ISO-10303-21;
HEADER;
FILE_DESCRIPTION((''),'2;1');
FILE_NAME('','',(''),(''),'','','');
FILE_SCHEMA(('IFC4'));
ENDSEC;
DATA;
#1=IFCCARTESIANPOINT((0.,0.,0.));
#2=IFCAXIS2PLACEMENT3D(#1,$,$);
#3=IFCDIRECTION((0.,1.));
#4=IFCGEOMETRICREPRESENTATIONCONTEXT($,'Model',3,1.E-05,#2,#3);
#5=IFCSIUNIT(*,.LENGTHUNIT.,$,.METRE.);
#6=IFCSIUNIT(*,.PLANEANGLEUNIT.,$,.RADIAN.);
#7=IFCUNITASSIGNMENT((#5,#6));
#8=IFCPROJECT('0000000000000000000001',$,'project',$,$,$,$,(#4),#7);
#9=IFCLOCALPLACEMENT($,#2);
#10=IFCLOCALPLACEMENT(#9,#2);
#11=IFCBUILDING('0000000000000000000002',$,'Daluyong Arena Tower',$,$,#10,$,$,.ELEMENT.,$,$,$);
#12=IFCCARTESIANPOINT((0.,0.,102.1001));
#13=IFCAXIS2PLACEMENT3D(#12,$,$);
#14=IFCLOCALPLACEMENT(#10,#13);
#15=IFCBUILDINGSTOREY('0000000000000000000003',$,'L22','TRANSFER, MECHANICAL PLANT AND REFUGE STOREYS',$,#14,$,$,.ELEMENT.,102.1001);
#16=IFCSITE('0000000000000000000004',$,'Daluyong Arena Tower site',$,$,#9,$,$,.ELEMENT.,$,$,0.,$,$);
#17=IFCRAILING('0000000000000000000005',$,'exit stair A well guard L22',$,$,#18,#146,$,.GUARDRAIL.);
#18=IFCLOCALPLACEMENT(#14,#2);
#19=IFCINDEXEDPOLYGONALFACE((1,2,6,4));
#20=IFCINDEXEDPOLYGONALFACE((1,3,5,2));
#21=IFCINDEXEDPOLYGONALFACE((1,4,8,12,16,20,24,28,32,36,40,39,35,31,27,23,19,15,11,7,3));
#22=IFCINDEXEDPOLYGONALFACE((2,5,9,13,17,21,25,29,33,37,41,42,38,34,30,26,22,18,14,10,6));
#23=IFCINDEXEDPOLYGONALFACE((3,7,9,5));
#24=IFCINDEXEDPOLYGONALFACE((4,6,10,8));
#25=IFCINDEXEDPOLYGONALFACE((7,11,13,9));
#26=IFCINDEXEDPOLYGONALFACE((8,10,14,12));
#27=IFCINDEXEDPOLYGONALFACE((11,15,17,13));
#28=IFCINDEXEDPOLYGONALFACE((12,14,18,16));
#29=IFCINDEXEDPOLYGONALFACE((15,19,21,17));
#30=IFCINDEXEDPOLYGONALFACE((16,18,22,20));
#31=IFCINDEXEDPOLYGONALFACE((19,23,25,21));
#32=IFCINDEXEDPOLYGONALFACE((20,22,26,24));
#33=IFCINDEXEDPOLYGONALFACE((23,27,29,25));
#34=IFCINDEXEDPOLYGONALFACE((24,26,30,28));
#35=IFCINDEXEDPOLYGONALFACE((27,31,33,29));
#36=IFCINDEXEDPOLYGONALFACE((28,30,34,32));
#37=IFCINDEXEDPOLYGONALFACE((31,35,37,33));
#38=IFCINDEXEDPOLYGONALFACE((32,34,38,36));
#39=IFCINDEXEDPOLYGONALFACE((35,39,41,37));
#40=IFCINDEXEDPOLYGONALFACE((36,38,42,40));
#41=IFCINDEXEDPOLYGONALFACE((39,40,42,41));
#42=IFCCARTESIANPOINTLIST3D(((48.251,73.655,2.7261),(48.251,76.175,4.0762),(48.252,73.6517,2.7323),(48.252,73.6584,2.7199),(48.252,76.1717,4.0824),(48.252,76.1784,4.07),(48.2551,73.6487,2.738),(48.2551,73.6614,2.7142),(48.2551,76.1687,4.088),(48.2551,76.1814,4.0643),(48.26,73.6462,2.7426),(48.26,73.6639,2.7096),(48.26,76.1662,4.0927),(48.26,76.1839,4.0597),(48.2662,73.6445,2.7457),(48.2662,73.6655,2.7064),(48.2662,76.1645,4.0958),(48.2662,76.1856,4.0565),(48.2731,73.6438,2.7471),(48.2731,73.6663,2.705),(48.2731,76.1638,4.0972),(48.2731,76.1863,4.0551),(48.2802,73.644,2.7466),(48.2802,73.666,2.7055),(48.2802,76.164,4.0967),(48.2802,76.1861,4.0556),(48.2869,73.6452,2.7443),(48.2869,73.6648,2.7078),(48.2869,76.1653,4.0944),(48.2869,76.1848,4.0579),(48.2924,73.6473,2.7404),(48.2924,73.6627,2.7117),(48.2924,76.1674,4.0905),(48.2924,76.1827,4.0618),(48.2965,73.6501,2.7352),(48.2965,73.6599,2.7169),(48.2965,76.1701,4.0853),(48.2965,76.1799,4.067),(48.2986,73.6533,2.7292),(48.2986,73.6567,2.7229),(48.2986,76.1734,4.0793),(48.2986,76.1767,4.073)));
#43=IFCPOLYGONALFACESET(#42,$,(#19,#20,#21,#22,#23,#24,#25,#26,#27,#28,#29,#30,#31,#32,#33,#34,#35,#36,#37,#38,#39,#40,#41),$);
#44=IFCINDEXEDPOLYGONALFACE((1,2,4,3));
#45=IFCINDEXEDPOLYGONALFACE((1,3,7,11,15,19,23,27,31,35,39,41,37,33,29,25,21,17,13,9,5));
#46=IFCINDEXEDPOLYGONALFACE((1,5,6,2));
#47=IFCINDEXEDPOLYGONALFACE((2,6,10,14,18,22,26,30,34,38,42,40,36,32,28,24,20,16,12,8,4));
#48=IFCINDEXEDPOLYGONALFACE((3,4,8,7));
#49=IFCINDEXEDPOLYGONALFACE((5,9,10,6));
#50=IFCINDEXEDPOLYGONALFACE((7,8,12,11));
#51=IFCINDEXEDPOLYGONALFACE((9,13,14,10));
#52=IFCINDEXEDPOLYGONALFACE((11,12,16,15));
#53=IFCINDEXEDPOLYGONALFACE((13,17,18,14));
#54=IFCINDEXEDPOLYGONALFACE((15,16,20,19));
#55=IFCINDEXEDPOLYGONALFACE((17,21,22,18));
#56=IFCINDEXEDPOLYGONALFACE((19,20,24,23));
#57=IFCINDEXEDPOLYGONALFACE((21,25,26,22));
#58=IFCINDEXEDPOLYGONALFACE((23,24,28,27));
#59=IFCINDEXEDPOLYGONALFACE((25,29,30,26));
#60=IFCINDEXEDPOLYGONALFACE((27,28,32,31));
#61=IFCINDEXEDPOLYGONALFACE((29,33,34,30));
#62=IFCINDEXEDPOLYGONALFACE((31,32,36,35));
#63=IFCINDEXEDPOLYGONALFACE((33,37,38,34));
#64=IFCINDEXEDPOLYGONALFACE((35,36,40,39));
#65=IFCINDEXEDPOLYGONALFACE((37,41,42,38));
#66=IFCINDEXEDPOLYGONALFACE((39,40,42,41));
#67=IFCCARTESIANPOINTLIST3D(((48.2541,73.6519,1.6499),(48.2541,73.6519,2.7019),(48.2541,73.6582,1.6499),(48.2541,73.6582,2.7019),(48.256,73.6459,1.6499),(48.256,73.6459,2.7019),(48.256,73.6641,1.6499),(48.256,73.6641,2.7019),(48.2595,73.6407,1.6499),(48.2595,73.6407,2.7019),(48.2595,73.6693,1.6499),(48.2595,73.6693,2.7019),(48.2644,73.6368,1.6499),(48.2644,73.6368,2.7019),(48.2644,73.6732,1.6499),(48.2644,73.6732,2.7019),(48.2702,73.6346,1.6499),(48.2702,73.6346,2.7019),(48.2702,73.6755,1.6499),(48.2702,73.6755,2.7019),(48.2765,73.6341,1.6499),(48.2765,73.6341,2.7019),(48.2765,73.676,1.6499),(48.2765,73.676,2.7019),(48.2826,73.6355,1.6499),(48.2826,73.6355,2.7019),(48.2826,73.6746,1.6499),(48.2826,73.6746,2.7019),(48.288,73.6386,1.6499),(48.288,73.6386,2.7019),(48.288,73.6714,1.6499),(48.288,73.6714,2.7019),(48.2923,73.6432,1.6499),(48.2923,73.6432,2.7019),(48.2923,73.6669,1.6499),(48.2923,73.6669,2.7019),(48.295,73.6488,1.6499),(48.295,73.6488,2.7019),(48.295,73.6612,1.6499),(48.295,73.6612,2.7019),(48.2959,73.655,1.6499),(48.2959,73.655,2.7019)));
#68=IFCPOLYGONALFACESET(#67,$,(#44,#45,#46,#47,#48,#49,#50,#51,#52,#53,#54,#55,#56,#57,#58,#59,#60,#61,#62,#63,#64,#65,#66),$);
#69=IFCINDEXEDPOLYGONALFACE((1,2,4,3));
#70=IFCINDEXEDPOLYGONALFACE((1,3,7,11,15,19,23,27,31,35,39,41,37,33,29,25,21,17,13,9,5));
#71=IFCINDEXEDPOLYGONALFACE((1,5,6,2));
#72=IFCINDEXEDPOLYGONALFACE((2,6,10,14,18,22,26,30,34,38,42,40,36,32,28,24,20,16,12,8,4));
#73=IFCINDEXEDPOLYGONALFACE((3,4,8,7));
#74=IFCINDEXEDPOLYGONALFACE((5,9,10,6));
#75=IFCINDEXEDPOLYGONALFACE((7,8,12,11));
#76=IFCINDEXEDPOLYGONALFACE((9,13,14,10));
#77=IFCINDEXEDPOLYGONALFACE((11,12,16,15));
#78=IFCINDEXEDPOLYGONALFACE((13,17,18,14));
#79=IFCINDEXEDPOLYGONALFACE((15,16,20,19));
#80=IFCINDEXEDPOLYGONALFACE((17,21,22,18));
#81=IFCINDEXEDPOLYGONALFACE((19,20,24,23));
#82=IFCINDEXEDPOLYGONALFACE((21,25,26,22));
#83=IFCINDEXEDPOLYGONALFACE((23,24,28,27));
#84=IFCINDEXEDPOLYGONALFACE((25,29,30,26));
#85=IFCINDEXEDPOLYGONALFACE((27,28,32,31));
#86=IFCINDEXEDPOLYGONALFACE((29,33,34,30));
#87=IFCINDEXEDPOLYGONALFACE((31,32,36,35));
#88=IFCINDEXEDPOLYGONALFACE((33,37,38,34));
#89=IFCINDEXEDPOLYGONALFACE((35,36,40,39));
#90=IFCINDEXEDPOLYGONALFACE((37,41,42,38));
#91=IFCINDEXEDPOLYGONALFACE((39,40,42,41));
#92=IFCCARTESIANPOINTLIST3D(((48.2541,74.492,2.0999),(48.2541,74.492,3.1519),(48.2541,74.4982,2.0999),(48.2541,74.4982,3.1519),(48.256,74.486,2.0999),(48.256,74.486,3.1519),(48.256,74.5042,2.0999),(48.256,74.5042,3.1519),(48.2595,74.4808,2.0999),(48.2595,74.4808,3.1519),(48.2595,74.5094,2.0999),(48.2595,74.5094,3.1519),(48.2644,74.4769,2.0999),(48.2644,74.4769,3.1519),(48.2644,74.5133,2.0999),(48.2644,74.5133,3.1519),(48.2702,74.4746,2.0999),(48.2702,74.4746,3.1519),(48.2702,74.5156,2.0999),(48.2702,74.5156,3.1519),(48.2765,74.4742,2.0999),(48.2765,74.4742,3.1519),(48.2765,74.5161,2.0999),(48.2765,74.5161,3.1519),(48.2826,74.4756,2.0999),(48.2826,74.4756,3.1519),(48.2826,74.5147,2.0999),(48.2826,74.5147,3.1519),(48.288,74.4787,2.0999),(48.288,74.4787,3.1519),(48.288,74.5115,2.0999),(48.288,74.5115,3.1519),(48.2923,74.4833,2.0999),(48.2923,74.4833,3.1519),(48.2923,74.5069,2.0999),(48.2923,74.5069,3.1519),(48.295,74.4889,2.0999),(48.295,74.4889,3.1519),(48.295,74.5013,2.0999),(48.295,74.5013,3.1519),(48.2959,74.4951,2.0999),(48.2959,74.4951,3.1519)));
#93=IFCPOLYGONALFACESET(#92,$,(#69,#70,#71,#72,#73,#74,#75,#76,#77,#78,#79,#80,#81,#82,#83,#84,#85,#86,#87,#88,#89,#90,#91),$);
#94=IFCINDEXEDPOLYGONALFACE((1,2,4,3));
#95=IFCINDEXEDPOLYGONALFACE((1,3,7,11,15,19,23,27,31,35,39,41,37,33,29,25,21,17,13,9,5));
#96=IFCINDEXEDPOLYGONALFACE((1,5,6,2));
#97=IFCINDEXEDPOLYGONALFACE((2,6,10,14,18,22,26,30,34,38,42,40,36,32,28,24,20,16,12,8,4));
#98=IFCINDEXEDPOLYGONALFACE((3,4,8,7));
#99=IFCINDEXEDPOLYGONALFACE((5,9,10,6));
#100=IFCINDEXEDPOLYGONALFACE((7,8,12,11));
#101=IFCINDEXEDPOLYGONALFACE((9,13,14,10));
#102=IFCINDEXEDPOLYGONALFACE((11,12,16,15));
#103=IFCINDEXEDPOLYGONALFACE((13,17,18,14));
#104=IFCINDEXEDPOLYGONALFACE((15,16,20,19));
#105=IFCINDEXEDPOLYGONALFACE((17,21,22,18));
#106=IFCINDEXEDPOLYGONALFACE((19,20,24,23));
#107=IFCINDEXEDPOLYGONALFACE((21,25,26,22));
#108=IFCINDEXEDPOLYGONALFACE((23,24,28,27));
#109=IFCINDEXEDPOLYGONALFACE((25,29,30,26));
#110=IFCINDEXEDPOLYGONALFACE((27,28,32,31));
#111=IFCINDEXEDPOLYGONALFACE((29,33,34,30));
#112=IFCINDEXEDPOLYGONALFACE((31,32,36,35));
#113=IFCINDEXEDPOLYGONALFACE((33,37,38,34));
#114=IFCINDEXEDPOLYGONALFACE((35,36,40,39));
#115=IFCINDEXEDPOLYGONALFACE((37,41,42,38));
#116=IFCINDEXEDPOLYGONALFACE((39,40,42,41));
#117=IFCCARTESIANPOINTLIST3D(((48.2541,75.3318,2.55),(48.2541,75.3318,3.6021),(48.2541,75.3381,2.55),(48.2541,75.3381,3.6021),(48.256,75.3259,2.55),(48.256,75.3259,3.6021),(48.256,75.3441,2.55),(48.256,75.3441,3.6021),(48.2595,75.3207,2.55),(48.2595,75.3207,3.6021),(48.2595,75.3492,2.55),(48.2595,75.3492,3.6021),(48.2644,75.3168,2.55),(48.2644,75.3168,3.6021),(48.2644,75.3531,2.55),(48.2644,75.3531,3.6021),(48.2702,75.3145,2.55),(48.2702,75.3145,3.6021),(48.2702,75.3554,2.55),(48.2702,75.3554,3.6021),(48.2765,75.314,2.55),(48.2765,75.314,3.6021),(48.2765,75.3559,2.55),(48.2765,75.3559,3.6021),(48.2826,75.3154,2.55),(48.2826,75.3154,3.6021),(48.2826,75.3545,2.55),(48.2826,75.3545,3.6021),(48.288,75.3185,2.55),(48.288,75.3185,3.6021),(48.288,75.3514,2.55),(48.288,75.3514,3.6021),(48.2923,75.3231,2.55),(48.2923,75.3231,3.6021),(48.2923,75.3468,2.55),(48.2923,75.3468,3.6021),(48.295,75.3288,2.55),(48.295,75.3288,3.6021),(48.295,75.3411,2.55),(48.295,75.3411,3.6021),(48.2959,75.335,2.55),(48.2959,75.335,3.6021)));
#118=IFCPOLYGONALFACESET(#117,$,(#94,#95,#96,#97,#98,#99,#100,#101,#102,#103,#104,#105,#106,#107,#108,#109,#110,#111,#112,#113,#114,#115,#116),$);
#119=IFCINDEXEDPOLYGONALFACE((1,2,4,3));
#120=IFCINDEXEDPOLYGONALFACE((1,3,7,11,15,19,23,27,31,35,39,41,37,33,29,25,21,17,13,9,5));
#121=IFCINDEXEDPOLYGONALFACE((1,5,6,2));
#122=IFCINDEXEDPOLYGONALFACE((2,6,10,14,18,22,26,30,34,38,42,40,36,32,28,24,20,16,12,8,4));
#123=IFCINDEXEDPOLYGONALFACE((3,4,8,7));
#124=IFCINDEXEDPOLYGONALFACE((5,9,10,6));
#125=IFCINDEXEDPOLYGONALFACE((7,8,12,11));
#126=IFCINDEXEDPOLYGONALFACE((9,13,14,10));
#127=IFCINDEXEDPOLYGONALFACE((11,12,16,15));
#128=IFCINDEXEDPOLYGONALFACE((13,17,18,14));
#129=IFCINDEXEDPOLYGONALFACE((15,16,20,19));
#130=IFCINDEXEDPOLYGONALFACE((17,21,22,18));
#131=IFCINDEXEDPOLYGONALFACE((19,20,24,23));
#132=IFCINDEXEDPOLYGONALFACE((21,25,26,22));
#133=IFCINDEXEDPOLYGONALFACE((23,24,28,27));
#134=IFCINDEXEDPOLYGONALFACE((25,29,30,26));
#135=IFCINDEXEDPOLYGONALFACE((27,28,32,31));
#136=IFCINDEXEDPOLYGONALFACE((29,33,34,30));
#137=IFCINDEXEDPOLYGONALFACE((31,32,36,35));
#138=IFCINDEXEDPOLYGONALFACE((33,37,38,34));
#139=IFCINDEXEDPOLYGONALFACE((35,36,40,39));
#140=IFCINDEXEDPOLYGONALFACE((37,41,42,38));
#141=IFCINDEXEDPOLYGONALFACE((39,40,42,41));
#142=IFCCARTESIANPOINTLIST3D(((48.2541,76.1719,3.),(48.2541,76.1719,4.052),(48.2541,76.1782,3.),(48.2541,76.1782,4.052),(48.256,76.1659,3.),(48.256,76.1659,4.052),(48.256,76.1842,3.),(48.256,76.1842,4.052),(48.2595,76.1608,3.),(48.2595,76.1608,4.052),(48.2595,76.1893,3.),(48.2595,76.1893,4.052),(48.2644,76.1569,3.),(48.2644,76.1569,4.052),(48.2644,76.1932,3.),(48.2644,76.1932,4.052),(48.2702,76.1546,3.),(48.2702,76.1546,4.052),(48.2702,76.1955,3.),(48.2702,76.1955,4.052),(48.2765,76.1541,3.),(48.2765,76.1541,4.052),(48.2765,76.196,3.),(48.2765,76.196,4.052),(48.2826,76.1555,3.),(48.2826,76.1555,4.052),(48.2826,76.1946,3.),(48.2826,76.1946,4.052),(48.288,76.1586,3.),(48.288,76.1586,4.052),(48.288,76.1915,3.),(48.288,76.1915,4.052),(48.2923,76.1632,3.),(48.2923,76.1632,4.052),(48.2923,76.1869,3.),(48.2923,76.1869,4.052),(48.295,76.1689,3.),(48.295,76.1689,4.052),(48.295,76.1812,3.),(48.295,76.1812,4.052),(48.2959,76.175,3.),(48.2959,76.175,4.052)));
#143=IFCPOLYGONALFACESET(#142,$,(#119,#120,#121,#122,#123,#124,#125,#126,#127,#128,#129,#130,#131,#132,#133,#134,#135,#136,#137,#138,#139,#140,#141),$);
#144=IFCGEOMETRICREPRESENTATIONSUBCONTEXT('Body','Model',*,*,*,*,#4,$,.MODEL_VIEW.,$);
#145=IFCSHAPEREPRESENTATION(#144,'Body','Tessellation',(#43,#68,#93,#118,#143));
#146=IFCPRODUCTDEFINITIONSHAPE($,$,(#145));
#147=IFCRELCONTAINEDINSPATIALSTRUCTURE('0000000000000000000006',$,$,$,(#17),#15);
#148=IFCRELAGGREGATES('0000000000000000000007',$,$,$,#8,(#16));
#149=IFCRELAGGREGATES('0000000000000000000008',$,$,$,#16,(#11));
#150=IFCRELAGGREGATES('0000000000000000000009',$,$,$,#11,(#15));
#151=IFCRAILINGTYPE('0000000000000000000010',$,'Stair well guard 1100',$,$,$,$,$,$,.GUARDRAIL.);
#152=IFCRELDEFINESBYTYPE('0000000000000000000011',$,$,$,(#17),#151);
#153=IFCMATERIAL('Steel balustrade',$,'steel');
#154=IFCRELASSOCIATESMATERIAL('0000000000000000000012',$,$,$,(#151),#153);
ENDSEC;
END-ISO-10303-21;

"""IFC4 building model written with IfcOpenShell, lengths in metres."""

from ifc_helpers import new_model, si_unit, direction, frame, origin, origin_2d, place, context, subcontext, project, spatial, circle, extrude, material, type_object, element, save


model = new_model("IFC4")

# Units and contexts
model_context = context("Model", 3, precision=1e-05, world=origin(), true_north=direction((0.0, 1.0)))
body_context = subcontext(model_context, "Body", "Model", "MODEL_VIEW")
ifc_project = project(units=[si_unit("LENGTHUNIT", "METRE"), si_unit("PLANEANGLEUNIT", "RADIAN")], contexts=[model_context])

# Site, building, storey
site_placement = place(None, origin())
site = spatial("IfcSite", under=ifc_project, at=site_placement, Name="Daluyong Arena Tower site", CompositionType="ELEMENT", RefElevation=0.0)
building_placement = place(site_placement, origin())
building = spatial("IfcBuilding", under=site, at=building_placement, Name="Daluyong Arena Tower", CompositionType="ELEMENT")
storey_placement = place(building_placement, frame((0.0, 0.0, 102.1001)))
storey = spatial("IfcBuildingStorey", under=building, at=storey_placement, Name="L22", Description="TRANSFER, MECHANICAL PLANT AND REFUGE STOREYS", CompositionType="ELEMENT", Elevation=102.1001)

# Railing
ifc_material_1 = material(Name="Steel balustrade", Category="steel")
railing_type_1 = type_object("IfcRailingType", Name="Stair well guard 1100", PredefinedType="GUARDRAIL", material=ifc_material_1)
railing_1_placement = place(storey_placement, frame((48.2749, 73.655, 1.6499)))
element("IfcRailing", 1, at=railing_1_placement, inside=storey, type_object=railing_type_1, Name="exit stair A well guard L22", PredefinedType="GUARDRAIL", context=body_context, shape_type="SweptSolid", body=[
    extrude(circle(Radius=0.0239, at=origin_2d()), frame((0.0, 0.0, 1.0762), z_axis=(0.0, 0.881467, 0.472245), x_axis=(-1.0, 0.0, 0.0)), (0.0, 0.0, 1.0), 2.8589),
    extrude(circle(Radius=0.021, at=origin_2d()), origin(), (0.0, 0.0, 1.0), 1.052),
    extrude(circle(Radius=0.021, at=origin_2d()), frame((0.0, 0.8401, 0.45)), (0.0, 0.0, 1.0), 1.052),
    extrude(circle(Radius=0.021, at=origin_2d()), frame((0.0, 1.6799, 0.9001)), (0.0, 0.0, 1.0), 1.052),
    extrude(circle(Radius=0.021, at=origin_2d()), frame((0.0, 2.52, 1.3501)), (0.0, 0.0, 1.0), 1.052),
])

save(model, "model.ifc")
